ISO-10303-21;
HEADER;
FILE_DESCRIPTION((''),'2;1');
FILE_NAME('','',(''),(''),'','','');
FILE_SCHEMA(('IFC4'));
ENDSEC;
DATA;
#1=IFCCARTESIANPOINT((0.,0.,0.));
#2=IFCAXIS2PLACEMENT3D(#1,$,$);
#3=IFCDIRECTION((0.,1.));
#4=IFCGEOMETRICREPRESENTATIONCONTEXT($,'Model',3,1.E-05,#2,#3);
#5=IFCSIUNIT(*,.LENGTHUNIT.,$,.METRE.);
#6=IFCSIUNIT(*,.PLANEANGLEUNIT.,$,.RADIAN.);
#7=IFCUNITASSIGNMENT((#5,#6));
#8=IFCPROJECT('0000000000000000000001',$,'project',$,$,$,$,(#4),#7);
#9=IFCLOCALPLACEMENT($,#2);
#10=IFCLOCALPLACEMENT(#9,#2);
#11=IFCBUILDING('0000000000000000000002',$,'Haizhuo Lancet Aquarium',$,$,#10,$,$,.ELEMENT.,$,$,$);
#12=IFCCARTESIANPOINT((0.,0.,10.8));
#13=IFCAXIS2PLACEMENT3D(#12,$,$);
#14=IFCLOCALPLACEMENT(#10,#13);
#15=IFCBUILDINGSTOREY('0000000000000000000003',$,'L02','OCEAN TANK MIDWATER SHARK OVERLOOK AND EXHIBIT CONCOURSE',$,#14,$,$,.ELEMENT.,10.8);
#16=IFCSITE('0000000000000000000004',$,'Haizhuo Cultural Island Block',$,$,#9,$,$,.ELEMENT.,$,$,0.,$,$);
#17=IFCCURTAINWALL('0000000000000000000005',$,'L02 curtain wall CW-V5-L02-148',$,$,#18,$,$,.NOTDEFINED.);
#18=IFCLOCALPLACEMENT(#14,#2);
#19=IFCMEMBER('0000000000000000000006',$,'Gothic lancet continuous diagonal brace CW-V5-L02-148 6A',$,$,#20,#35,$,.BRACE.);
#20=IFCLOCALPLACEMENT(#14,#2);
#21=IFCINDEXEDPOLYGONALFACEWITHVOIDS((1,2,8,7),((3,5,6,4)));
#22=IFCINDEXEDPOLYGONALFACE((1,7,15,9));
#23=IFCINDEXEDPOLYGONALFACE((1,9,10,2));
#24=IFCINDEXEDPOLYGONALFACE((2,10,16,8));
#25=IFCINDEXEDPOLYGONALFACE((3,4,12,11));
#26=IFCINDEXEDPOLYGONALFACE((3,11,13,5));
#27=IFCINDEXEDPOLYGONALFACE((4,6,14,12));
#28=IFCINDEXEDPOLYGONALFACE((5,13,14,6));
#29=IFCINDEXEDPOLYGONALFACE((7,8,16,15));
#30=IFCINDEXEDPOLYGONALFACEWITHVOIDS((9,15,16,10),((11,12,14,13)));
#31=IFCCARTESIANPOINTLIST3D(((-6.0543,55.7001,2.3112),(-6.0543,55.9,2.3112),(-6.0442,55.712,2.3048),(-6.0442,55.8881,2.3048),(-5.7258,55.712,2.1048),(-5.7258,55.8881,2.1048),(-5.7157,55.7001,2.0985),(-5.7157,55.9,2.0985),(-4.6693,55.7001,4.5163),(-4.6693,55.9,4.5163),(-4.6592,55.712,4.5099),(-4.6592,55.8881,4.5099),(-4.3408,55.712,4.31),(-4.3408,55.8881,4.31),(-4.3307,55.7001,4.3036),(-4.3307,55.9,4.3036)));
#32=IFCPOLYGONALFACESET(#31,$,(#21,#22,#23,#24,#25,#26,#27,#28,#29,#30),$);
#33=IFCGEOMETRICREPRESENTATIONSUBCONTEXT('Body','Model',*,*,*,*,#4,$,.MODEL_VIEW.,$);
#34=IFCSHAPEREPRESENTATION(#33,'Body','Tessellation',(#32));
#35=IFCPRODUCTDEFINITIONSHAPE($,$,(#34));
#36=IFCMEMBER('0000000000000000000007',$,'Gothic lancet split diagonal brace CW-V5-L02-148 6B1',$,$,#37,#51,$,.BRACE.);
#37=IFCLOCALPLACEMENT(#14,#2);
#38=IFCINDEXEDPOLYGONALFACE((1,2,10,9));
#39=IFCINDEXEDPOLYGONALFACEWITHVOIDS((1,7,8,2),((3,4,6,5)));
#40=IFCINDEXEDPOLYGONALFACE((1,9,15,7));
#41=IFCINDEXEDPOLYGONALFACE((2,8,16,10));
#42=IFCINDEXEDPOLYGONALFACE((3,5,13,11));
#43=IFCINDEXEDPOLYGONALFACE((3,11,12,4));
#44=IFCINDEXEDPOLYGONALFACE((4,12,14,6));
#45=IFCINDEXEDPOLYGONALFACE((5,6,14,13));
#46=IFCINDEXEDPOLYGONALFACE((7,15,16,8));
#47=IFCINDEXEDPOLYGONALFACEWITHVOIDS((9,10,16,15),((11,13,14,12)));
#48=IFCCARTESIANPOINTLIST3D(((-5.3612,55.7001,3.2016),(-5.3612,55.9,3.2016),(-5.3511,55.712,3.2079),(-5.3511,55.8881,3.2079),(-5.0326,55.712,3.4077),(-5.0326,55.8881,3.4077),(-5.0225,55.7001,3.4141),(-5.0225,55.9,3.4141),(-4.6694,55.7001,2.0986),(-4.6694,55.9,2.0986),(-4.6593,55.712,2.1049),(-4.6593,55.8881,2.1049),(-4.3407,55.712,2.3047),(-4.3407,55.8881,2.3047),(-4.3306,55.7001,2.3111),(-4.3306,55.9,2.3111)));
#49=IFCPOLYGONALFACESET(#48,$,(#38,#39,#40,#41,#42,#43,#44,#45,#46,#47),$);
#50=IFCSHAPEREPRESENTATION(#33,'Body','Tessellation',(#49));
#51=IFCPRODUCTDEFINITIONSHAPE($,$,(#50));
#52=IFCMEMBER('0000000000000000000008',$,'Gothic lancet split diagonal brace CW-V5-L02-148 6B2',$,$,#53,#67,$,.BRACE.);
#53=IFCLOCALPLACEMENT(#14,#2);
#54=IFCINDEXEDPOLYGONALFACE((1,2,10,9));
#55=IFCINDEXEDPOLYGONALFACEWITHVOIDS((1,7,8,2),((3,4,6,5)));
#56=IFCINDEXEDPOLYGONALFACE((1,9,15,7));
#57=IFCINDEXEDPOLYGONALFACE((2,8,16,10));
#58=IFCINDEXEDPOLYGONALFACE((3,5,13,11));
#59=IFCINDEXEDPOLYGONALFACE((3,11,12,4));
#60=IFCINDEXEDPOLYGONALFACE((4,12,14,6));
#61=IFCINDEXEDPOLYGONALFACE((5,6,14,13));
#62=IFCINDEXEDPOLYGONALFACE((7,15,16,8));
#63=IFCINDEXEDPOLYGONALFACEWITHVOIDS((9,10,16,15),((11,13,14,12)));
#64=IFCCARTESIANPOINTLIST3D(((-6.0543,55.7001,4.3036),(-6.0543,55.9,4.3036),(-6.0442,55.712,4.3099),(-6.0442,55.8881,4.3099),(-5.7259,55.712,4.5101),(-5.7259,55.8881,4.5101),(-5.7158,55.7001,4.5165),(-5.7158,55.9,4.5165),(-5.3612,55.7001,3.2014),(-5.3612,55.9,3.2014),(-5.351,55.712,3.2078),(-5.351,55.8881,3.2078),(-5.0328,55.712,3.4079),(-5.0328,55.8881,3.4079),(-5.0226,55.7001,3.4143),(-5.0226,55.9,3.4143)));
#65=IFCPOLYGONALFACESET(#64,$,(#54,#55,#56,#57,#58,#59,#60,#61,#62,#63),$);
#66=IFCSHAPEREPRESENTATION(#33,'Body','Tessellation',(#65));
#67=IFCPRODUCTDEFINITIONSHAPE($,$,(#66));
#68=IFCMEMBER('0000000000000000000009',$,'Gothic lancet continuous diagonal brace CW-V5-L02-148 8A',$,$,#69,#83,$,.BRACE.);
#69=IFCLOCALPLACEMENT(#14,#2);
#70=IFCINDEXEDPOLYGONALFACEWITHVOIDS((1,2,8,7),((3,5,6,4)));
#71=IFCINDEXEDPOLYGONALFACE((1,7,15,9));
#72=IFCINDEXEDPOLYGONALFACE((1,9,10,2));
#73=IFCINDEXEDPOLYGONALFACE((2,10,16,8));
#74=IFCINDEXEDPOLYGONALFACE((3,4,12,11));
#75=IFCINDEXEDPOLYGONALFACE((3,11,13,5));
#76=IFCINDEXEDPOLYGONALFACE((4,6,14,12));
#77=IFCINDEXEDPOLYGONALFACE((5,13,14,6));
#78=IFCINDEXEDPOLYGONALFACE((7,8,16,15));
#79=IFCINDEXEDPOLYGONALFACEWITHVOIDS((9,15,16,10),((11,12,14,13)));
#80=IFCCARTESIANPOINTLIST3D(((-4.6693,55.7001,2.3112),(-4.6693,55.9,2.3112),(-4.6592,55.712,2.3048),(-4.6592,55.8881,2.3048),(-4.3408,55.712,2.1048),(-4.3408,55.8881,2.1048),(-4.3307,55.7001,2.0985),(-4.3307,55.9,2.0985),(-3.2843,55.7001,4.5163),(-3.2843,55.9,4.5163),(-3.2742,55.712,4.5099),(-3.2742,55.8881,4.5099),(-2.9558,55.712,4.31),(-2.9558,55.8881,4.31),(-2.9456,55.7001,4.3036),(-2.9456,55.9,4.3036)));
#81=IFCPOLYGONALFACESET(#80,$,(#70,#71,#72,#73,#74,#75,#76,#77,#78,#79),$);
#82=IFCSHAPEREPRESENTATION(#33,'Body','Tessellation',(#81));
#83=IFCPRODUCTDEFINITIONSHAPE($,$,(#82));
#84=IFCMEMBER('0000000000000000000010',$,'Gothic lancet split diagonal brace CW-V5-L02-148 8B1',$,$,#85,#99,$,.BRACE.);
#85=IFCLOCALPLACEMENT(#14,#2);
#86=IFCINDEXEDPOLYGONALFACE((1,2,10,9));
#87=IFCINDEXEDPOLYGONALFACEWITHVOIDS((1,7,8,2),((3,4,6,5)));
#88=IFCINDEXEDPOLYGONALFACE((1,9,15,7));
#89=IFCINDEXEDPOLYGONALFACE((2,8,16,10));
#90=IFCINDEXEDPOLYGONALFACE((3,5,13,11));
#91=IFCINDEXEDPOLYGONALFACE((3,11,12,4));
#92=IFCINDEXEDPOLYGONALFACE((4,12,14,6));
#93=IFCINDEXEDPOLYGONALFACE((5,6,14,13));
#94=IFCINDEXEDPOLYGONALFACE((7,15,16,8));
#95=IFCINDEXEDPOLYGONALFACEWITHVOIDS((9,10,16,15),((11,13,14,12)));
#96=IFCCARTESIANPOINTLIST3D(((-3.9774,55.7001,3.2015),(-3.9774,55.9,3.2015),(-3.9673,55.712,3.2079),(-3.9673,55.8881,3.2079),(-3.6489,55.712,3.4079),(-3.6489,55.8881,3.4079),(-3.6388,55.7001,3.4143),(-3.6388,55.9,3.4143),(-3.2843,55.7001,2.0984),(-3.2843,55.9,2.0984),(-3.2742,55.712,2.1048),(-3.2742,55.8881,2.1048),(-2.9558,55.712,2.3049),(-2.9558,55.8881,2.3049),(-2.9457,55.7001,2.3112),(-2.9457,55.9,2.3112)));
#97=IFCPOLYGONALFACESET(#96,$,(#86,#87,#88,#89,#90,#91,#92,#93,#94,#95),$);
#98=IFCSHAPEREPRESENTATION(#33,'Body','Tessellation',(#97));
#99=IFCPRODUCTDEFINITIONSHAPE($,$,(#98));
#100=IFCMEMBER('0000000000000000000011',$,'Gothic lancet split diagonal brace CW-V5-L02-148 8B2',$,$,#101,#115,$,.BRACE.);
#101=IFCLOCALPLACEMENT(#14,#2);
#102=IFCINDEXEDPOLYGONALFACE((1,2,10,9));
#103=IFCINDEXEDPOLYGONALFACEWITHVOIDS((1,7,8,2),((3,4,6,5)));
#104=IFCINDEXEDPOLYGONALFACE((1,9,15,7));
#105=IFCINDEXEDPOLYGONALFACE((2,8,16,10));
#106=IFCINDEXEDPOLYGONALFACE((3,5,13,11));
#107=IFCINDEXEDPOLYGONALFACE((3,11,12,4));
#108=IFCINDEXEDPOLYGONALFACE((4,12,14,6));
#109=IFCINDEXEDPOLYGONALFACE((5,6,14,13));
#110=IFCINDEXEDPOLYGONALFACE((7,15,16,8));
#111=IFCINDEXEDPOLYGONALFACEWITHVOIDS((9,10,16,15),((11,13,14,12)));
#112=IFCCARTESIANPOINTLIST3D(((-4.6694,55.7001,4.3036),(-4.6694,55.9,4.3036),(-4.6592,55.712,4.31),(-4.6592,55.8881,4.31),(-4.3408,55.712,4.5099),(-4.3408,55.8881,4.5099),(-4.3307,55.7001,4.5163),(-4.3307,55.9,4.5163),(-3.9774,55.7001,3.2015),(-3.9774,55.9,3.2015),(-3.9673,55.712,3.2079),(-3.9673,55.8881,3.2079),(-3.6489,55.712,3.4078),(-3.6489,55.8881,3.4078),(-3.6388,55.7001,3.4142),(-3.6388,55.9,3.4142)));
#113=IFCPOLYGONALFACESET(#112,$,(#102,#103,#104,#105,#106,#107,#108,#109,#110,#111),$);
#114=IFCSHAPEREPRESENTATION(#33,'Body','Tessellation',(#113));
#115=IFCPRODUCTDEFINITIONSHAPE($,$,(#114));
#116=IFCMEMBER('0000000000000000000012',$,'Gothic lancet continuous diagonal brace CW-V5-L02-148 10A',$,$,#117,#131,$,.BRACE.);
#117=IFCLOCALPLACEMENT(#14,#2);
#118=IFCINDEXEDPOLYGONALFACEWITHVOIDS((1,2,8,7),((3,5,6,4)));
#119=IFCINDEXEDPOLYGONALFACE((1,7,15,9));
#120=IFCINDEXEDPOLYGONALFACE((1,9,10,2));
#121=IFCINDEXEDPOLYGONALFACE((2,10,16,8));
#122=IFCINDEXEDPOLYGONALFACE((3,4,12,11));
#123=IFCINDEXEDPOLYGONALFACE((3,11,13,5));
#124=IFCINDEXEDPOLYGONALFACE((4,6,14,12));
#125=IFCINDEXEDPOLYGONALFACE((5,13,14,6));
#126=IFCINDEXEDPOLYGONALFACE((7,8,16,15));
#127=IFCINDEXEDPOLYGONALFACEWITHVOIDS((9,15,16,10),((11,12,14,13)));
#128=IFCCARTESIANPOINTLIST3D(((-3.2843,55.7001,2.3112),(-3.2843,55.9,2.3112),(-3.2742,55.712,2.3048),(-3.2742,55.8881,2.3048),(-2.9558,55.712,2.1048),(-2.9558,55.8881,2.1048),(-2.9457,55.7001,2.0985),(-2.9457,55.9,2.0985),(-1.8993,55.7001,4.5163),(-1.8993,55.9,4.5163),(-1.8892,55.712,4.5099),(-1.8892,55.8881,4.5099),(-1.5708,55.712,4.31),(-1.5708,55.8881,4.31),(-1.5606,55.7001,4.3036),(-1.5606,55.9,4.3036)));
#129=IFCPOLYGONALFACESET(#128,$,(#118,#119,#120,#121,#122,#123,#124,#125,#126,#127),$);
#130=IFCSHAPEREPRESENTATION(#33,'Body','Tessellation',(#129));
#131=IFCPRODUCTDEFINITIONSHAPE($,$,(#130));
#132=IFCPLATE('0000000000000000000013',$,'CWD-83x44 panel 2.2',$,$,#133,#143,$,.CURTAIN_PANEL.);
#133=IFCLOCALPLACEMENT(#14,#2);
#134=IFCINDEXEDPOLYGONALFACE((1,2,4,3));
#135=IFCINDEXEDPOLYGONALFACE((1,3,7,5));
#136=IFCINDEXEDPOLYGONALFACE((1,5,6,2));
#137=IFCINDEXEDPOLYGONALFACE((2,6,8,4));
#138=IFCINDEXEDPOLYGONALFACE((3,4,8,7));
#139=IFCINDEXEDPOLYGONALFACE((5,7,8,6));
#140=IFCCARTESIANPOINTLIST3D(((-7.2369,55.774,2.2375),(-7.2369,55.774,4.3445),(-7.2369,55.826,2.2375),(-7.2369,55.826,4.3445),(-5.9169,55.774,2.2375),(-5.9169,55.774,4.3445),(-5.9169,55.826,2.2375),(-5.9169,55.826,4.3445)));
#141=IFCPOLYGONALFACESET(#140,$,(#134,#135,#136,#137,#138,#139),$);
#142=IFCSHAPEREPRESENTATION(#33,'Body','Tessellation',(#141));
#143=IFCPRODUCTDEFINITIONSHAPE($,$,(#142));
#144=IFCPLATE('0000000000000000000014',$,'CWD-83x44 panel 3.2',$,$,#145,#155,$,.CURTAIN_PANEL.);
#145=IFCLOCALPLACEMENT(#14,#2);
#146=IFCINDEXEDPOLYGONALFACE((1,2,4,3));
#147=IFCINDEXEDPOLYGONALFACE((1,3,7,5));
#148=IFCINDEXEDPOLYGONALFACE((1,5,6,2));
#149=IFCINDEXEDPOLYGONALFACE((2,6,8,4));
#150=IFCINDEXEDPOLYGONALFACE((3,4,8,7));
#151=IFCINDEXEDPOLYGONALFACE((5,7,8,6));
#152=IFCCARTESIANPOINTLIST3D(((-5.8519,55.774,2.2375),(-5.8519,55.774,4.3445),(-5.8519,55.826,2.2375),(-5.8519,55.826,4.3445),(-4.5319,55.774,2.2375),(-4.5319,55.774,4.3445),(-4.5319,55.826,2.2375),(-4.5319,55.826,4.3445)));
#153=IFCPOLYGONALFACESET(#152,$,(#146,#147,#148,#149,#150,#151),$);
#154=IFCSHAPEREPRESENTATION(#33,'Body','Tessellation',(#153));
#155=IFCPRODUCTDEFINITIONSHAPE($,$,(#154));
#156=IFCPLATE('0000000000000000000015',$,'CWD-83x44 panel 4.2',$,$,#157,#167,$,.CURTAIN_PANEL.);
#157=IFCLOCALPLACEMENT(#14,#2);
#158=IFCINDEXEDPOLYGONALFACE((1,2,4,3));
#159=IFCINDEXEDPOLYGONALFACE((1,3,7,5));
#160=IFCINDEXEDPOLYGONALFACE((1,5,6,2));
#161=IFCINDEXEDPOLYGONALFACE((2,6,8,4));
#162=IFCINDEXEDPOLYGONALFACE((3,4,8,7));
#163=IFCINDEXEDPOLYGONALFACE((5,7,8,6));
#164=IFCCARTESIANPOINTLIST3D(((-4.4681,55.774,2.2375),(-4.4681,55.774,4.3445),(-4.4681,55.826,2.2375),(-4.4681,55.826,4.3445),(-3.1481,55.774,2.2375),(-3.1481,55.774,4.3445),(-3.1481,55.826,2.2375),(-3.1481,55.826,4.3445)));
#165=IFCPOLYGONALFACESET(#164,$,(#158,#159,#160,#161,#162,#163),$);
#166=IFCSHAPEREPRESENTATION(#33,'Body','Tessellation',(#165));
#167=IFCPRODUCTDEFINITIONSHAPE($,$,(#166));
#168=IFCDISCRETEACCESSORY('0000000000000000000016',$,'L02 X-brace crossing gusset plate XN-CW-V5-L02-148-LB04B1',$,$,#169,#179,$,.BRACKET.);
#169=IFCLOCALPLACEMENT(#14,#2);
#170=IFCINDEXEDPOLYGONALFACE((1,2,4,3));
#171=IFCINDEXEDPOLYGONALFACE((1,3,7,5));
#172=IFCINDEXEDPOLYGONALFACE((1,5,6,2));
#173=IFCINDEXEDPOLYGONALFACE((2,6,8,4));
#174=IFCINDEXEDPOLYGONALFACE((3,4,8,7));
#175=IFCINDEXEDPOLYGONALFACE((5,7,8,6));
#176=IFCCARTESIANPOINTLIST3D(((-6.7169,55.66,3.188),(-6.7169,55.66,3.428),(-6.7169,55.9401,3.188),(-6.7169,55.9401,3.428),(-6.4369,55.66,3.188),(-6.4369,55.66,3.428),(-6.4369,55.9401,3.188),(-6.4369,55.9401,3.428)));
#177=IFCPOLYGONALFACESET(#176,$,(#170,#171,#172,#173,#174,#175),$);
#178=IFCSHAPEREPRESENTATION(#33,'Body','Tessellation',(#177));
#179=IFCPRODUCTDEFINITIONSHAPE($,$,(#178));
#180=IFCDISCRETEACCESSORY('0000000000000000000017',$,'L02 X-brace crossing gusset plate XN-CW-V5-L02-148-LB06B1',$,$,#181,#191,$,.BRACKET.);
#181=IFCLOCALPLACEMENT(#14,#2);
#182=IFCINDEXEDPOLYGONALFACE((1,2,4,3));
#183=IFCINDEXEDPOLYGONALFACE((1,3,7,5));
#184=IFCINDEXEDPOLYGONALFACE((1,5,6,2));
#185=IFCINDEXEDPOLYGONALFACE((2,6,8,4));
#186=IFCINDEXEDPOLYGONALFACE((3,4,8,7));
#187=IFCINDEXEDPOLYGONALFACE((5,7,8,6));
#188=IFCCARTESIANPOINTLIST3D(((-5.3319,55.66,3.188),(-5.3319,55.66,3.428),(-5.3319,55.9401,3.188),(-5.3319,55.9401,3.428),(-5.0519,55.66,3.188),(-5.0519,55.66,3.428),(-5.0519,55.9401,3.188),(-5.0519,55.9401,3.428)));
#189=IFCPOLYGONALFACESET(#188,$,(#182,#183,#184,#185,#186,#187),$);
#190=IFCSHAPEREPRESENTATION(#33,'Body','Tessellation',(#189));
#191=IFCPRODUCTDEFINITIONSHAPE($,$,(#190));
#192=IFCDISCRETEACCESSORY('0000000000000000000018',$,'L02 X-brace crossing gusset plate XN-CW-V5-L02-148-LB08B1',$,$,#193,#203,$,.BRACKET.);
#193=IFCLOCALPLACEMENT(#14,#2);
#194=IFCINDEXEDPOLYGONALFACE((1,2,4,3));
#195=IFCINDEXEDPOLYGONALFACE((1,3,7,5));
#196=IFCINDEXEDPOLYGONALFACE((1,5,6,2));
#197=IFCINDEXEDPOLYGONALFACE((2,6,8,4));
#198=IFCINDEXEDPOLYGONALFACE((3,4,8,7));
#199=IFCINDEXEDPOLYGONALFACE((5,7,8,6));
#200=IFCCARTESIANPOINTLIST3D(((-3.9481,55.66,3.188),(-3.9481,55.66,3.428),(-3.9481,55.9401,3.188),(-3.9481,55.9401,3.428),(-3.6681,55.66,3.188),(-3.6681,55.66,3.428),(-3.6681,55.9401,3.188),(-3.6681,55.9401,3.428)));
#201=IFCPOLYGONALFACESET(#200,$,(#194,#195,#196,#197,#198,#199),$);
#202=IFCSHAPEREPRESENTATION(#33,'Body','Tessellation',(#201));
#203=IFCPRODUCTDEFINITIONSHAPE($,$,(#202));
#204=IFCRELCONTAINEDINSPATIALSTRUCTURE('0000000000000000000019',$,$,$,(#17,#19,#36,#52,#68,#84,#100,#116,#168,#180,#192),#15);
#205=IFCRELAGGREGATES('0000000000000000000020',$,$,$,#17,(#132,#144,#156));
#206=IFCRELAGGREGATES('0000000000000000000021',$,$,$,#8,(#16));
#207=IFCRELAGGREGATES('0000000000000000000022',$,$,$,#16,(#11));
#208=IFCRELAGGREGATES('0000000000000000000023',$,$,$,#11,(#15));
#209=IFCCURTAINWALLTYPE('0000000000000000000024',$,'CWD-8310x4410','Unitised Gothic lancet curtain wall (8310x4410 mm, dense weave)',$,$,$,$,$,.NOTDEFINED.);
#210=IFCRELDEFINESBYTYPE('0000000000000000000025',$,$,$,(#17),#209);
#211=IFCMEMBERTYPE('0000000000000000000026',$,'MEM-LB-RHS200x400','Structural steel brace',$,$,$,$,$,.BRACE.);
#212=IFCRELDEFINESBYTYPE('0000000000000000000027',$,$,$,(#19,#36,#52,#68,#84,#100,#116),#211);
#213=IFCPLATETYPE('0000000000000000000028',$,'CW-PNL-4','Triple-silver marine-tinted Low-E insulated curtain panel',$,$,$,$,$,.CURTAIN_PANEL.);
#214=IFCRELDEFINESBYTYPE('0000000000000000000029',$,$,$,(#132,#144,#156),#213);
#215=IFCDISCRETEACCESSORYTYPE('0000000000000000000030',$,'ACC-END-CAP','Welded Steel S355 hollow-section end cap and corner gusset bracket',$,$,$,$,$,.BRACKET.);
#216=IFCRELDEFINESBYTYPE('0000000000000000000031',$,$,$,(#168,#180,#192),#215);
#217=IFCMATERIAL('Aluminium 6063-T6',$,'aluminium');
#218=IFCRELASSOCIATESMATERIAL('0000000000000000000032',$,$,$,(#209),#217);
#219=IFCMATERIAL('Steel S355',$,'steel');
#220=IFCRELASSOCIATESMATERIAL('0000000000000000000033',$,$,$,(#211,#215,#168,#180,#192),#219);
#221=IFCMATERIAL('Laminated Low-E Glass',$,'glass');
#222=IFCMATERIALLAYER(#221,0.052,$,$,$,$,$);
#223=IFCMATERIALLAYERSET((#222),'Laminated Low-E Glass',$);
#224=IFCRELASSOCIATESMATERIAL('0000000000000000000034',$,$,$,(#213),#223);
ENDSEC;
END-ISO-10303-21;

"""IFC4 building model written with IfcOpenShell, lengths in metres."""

from ifc_helpers import new_model, si_unit, direction, frame, origin, origin_2d, place, context, subcontext, project, spatial, rectangle, hollow_rectangle, extrude, material, layer, layer_set, material_profile, profile_set, type_object, element, aggregate, save


model = new_model("IFC4")

# Units and contexts
model_context = context("Model", 3, precision=1e-05, world=origin(), true_north=direction((0.0, 1.0)))
body_context = subcontext(model_context, "Body", "Model", "MODEL_VIEW")
ifc_project = project(units=[si_unit("LENGTHUNIT", "METRE"), si_unit("PLANEANGLEUNIT", "RADIAN")], contexts=[model_context])

# Site, building, storey
site_placement = place(None, origin())
site = spatial("IfcSite", under=ifc_project, at=site_placement, Name="Haizhuo Cultural Island Block", CompositionType="ELEMENT", RefElevation=0.0)
building_placement = place(site_placement, origin())
building = spatial("IfcBuilding", under=site, at=building_placement, Name="Haizhuo Lancet Aquarium", CompositionType="ELEMENT")
storey_placement = place(building_placement, frame((0.0, 0.0, 10.8)))
storey = spatial("IfcBuildingStorey", under=building, at=storey_placement, Name="L02", Description="OCEAN TANK MIDWATER SHARK OVERLOOK AND EXHIBIT CONCOURSE", CompositionType="ELEMENT", Elevation=10.8)

# Curtain wall
ifc_material_1 = material(Name="Aluminium 6063-T6", Category="aluminium")
curtain_wall_type = type_object("IfcCurtainWallType", Name="CWD-8310x4410", Description="Unitised Gothic lancet curtain wall (8310x4410 mm, dense weave)", PredefinedType="NOTDEFINED", material=ifc_material_1)
curtain_wall_placement = place(storey_placement, origin())
curtain_wall = element("IfcCurtainWall", 1, at=curtain_wall_placement, inside=storey, type_object=curtain_wall_type, Name="L02 curtain wall CW-V5-L02-148", PredefinedType="NOTDEFINED")

# Members
ifc_material_2 = material(Name="Steel S355", Category="steel")
ifc_material_profile_1 = material_profile(ifc_material_2, hollow_rectangle(XDim=0.2, YDim=0.3999, WallThickness=0.012, at=origin_2d()), Name="RHS 200x400x12")
ifc_profile_set_1 = profile_set([ifc_material_profile_1], Name="Steel S355")
member_type_1 = type_object("IfcMemberType", Name="MEM-LB-RHS200x400", Description="Structural steel brace", PredefinedType="BRACE", material=ifc_profile_set_1)
member_1_placement = place(storey_placement, frame((-5.885, 55.8, 2.2048), z_axis=(0.531885, 0.0, 0.846816), x_axis=(0.0, 1.0, 0.0)))
element("IfcMember", 2, at=member_1_placement, inside=storey, type_object=member_type_1, Name="Gothic lancet continuous diagonal brace CW-V5-L02-148 6A", PredefinedType="BRACE", context=body_context, shape_type="SweptSolid", body=[
    extrude(hollow_rectangle(XDim=0.2, YDim=0.3999, WallThickness=0.012, at=origin_2d()), origin(), (0.0, 0.0, 1.0), 2.604),
])
for number, where, z_axis, x_axis, name in (
    (3, (-4.5, 55.8, 2.2048), (-0.53138, 0.0, 0.847133), (0.0, -1.0, 0.0), "Gothic lancet split diagonal brace CW-V5-L02-148 6B1"),
    (4, (-5.1919, 55.8, 3.3079), (-0.53239, 0.0, 0.846499), (0.0, -1.0, 0.0), "Gothic lancet split diagonal brace CW-V5-L02-148 6B2"),
):
    element("IfcMember", number, at=place(storey_placement, frame(where, z_axis=z_axis, x_axis=x_axis)), inside=storey, type_object=member_type_1, Name=name, PredefinedType="BRACE", context=body_context, shape_type="SweptSolid", body=[
        extrude(hollow_rectangle(XDim=0.2, YDim=0.3999, WallThickness=0.012, at=origin_2d()), origin(), (0.0, 0.0, 1.0), 1.302),
    ])
member_2_placement = place(storey_placement, frame((-4.5, 55.8, 2.2048), z_axis=(0.531885, 0.0, 0.846816), x_axis=(0.0, 1.0, 0.0)))
element("IfcMember", 5, at=member_2_placement, inside=storey, type_object=member_type_1, Name="Gothic lancet continuous diagonal brace CW-V5-L02-148 8A", PredefinedType="BRACE", context=body_context, shape_type="SweptSolid", body=[
    extrude(hollow_rectangle(XDim=0.2, YDim=0.3999, WallThickness=0.012, at=origin_2d()), origin(), (0.0, 0.0, 1.0), 2.604),
])
member_3_placement = place(storey_placement, frame((-3.115, 55.8, 2.2048), z_axis=(-0.532053, 0.0, 0.846711), x_axis=(0.0, -1.0, 0.0)))
element("IfcMember", 6, at=member_3_placement, inside=storey, type_object=member_type_1, Name="Gothic lancet split diagonal brace CW-V5-L02-148 8B1", PredefinedType="BRACE", context=body_context, shape_type="SweptSolid", body=[
    extrude(hollow_rectangle(XDim=0.2, YDim=0.3999, WallThickness=0.012, at=origin_2d()), origin(), (0.0, 0.0, 1.0), 1.3027),
])
member_4_placement = place(storey_placement, frame((-3.8081, 55.8, 3.3079), z_axis=(-0.531718, 0.0, 0.846921), x_axis=(0.0, -1.0, 0.0)))
element("IfcMember", 7, at=member_4_placement, inside=storey, type_object=member_type_1, Name="Gothic lancet split diagonal brace CW-V5-L02-148 8B2", PredefinedType="BRACE", context=body_context, shape_type="SweptSolid", body=[
    extrude(hollow_rectangle(XDim=0.2, YDim=0.3999, WallThickness=0.012, at=origin_2d()), origin(), (0.0, 0.0, 1.0), 1.3013),
])
member_5_placement = place(storey_placement, frame((-3.115, 55.8, 2.2048), z_axis=(0.531885, 0.0, 0.846816), x_axis=(0.0, 1.0, 0.0)))
element("IfcMember", 8, at=member_5_placement, inside=storey, type_object=member_type_1, Name="Gothic lancet continuous diagonal brace CW-V5-L02-148 10A", PredefinedType="BRACE", context=body_context, shape_type="SweptSolid", body=[
    extrude(hollow_rectangle(XDim=0.2, YDim=0.3999, WallThickness=0.012, at=origin_2d()), origin(), (0.0, 0.0, 1.0), 2.604),
])

# Plates
ifc_material_3 = material(Name="Laminated Low-E Glass", Category="glass")
ifc_layer = layer(ifc_material_3, 0.052)
ifc_layer_set = layer_set([ifc_layer], Name="Laminated Low-E Glass")
plate_type = type_object("IfcPlateType", Name="CW-PNL-4", Description="Triple-silver marine-tinted Low-E insulated curtain panel", PredefinedType="CURTAIN_PANEL", material=ifc_layer_set)
plate_1_placement = place(storey_placement, frame((-6.5769, 55.8, 2.2375), z_axis=(0.0, 0.0, 1.0), x_axis=(1.0, 0.0, 0.0)))
plate_1 = element("IfcPlate", 9, at=plate_1_placement, type_object=plate_type, Name="CWD-83x44 panel 2.2", PredefinedType="CURTAIN_PANEL", context=body_context, shape_type="SweptSolid", body=[
    extrude(rectangle(XDim=1.3201, YDim=0.052, at=origin_2d()), origin(), (0.0, 0.0, 1.0), 2.1069),
])
plate_2_placement = place(storey_placement, frame((-5.1919, 55.8, 2.2375), z_axis=(0.0, 0.0, 1.0), x_axis=(1.0, 0.0, 0.0)))
plate_2 = element("IfcPlate", 10, at=plate_2_placement, type_object=plate_type, Name="CWD-83x44 panel 3.2", PredefinedType="CURTAIN_PANEL", context=body_context, shape_type="SweptSolid", body=[
    extrude(rectangle(XDim=1.3201, YDim=0.052, at=origin_2d()), origin(), (0.0, 0.0, 1.0), 2.1069),
])
plate_3_placement = place(storey_placement, frame((-3.8081, 55.8, 2.2375), z_axis=(0.0, 0.0, 1.0), x_axis=(1.0, 0.0, 0.0)))
plate_3 = element("IfcPlate", 11, at=plate_3_placement, type_object=plate_type, Name="CWD-83x44 panel 4.2", PredefinedType="CURTAIN_PANEL", context=body_context, shape_type="SweptSolid", body=[
    extrude(rectangle(XDim=1.3201, YDim=0.052, at=origin_2d()), origin(), (0.0, 0.0, 1.0), 2.1069),
])
aggregate(curtain_wall, [plate_1, plate_2, plate_3])

# Discrete accessories
discrete_accessory_type = type_object("IfcDiscreteAccessoryType", Name="ACC-END-CAP", Description="Welded Steel S355 hollow-section end cap and corner gusset bracket", PredefinedType="BRACKET", material=ifc_material_2)
for number, where, z_axis, x_axis, name in (
    (12, (-6.5769, 55.8, 3.188), (0.0, 0.0, 1.0), (1.0, 0.0, 0.0), "L02 X-brace crossing gusset plate XN-CW-V5-L02-148-LB04B1"),
    (13, (-5.1919, 55.8, 3.188), (0.0, 0.0, 1.0), (1.0, 0.0, 0.0), "L02 X-brace crossing gusset plate XN-CW-V5-L02-148-LB06B1"),
    (14, (-3.8081, 55.8, 3.188), (0.0, 0.0, 1.0), (1.0, 0.0, 0.0), "L02 X-brace crossing gusset plate XN-CW-V5-L02-148-LB08B1"),
):
    element("IfcDiscreteAccessory", number, at=place(storey_placement, frame(where, z_axis=z_axis, x_axis=x_axis)), inside=storey, type_object=discrete_accessory_type, material=ifc_material_2, Name=name, PredefinedType="BRACKET", context=body_context, shape_type="SweptSolid", body=[
        extrude(rectangle(XDim=0.28, YDim=0.28, at=origin_2d()), origin(), (0.0, 0.0, 1.0), 0.24),
    ])

save(model, "model.ifc")
